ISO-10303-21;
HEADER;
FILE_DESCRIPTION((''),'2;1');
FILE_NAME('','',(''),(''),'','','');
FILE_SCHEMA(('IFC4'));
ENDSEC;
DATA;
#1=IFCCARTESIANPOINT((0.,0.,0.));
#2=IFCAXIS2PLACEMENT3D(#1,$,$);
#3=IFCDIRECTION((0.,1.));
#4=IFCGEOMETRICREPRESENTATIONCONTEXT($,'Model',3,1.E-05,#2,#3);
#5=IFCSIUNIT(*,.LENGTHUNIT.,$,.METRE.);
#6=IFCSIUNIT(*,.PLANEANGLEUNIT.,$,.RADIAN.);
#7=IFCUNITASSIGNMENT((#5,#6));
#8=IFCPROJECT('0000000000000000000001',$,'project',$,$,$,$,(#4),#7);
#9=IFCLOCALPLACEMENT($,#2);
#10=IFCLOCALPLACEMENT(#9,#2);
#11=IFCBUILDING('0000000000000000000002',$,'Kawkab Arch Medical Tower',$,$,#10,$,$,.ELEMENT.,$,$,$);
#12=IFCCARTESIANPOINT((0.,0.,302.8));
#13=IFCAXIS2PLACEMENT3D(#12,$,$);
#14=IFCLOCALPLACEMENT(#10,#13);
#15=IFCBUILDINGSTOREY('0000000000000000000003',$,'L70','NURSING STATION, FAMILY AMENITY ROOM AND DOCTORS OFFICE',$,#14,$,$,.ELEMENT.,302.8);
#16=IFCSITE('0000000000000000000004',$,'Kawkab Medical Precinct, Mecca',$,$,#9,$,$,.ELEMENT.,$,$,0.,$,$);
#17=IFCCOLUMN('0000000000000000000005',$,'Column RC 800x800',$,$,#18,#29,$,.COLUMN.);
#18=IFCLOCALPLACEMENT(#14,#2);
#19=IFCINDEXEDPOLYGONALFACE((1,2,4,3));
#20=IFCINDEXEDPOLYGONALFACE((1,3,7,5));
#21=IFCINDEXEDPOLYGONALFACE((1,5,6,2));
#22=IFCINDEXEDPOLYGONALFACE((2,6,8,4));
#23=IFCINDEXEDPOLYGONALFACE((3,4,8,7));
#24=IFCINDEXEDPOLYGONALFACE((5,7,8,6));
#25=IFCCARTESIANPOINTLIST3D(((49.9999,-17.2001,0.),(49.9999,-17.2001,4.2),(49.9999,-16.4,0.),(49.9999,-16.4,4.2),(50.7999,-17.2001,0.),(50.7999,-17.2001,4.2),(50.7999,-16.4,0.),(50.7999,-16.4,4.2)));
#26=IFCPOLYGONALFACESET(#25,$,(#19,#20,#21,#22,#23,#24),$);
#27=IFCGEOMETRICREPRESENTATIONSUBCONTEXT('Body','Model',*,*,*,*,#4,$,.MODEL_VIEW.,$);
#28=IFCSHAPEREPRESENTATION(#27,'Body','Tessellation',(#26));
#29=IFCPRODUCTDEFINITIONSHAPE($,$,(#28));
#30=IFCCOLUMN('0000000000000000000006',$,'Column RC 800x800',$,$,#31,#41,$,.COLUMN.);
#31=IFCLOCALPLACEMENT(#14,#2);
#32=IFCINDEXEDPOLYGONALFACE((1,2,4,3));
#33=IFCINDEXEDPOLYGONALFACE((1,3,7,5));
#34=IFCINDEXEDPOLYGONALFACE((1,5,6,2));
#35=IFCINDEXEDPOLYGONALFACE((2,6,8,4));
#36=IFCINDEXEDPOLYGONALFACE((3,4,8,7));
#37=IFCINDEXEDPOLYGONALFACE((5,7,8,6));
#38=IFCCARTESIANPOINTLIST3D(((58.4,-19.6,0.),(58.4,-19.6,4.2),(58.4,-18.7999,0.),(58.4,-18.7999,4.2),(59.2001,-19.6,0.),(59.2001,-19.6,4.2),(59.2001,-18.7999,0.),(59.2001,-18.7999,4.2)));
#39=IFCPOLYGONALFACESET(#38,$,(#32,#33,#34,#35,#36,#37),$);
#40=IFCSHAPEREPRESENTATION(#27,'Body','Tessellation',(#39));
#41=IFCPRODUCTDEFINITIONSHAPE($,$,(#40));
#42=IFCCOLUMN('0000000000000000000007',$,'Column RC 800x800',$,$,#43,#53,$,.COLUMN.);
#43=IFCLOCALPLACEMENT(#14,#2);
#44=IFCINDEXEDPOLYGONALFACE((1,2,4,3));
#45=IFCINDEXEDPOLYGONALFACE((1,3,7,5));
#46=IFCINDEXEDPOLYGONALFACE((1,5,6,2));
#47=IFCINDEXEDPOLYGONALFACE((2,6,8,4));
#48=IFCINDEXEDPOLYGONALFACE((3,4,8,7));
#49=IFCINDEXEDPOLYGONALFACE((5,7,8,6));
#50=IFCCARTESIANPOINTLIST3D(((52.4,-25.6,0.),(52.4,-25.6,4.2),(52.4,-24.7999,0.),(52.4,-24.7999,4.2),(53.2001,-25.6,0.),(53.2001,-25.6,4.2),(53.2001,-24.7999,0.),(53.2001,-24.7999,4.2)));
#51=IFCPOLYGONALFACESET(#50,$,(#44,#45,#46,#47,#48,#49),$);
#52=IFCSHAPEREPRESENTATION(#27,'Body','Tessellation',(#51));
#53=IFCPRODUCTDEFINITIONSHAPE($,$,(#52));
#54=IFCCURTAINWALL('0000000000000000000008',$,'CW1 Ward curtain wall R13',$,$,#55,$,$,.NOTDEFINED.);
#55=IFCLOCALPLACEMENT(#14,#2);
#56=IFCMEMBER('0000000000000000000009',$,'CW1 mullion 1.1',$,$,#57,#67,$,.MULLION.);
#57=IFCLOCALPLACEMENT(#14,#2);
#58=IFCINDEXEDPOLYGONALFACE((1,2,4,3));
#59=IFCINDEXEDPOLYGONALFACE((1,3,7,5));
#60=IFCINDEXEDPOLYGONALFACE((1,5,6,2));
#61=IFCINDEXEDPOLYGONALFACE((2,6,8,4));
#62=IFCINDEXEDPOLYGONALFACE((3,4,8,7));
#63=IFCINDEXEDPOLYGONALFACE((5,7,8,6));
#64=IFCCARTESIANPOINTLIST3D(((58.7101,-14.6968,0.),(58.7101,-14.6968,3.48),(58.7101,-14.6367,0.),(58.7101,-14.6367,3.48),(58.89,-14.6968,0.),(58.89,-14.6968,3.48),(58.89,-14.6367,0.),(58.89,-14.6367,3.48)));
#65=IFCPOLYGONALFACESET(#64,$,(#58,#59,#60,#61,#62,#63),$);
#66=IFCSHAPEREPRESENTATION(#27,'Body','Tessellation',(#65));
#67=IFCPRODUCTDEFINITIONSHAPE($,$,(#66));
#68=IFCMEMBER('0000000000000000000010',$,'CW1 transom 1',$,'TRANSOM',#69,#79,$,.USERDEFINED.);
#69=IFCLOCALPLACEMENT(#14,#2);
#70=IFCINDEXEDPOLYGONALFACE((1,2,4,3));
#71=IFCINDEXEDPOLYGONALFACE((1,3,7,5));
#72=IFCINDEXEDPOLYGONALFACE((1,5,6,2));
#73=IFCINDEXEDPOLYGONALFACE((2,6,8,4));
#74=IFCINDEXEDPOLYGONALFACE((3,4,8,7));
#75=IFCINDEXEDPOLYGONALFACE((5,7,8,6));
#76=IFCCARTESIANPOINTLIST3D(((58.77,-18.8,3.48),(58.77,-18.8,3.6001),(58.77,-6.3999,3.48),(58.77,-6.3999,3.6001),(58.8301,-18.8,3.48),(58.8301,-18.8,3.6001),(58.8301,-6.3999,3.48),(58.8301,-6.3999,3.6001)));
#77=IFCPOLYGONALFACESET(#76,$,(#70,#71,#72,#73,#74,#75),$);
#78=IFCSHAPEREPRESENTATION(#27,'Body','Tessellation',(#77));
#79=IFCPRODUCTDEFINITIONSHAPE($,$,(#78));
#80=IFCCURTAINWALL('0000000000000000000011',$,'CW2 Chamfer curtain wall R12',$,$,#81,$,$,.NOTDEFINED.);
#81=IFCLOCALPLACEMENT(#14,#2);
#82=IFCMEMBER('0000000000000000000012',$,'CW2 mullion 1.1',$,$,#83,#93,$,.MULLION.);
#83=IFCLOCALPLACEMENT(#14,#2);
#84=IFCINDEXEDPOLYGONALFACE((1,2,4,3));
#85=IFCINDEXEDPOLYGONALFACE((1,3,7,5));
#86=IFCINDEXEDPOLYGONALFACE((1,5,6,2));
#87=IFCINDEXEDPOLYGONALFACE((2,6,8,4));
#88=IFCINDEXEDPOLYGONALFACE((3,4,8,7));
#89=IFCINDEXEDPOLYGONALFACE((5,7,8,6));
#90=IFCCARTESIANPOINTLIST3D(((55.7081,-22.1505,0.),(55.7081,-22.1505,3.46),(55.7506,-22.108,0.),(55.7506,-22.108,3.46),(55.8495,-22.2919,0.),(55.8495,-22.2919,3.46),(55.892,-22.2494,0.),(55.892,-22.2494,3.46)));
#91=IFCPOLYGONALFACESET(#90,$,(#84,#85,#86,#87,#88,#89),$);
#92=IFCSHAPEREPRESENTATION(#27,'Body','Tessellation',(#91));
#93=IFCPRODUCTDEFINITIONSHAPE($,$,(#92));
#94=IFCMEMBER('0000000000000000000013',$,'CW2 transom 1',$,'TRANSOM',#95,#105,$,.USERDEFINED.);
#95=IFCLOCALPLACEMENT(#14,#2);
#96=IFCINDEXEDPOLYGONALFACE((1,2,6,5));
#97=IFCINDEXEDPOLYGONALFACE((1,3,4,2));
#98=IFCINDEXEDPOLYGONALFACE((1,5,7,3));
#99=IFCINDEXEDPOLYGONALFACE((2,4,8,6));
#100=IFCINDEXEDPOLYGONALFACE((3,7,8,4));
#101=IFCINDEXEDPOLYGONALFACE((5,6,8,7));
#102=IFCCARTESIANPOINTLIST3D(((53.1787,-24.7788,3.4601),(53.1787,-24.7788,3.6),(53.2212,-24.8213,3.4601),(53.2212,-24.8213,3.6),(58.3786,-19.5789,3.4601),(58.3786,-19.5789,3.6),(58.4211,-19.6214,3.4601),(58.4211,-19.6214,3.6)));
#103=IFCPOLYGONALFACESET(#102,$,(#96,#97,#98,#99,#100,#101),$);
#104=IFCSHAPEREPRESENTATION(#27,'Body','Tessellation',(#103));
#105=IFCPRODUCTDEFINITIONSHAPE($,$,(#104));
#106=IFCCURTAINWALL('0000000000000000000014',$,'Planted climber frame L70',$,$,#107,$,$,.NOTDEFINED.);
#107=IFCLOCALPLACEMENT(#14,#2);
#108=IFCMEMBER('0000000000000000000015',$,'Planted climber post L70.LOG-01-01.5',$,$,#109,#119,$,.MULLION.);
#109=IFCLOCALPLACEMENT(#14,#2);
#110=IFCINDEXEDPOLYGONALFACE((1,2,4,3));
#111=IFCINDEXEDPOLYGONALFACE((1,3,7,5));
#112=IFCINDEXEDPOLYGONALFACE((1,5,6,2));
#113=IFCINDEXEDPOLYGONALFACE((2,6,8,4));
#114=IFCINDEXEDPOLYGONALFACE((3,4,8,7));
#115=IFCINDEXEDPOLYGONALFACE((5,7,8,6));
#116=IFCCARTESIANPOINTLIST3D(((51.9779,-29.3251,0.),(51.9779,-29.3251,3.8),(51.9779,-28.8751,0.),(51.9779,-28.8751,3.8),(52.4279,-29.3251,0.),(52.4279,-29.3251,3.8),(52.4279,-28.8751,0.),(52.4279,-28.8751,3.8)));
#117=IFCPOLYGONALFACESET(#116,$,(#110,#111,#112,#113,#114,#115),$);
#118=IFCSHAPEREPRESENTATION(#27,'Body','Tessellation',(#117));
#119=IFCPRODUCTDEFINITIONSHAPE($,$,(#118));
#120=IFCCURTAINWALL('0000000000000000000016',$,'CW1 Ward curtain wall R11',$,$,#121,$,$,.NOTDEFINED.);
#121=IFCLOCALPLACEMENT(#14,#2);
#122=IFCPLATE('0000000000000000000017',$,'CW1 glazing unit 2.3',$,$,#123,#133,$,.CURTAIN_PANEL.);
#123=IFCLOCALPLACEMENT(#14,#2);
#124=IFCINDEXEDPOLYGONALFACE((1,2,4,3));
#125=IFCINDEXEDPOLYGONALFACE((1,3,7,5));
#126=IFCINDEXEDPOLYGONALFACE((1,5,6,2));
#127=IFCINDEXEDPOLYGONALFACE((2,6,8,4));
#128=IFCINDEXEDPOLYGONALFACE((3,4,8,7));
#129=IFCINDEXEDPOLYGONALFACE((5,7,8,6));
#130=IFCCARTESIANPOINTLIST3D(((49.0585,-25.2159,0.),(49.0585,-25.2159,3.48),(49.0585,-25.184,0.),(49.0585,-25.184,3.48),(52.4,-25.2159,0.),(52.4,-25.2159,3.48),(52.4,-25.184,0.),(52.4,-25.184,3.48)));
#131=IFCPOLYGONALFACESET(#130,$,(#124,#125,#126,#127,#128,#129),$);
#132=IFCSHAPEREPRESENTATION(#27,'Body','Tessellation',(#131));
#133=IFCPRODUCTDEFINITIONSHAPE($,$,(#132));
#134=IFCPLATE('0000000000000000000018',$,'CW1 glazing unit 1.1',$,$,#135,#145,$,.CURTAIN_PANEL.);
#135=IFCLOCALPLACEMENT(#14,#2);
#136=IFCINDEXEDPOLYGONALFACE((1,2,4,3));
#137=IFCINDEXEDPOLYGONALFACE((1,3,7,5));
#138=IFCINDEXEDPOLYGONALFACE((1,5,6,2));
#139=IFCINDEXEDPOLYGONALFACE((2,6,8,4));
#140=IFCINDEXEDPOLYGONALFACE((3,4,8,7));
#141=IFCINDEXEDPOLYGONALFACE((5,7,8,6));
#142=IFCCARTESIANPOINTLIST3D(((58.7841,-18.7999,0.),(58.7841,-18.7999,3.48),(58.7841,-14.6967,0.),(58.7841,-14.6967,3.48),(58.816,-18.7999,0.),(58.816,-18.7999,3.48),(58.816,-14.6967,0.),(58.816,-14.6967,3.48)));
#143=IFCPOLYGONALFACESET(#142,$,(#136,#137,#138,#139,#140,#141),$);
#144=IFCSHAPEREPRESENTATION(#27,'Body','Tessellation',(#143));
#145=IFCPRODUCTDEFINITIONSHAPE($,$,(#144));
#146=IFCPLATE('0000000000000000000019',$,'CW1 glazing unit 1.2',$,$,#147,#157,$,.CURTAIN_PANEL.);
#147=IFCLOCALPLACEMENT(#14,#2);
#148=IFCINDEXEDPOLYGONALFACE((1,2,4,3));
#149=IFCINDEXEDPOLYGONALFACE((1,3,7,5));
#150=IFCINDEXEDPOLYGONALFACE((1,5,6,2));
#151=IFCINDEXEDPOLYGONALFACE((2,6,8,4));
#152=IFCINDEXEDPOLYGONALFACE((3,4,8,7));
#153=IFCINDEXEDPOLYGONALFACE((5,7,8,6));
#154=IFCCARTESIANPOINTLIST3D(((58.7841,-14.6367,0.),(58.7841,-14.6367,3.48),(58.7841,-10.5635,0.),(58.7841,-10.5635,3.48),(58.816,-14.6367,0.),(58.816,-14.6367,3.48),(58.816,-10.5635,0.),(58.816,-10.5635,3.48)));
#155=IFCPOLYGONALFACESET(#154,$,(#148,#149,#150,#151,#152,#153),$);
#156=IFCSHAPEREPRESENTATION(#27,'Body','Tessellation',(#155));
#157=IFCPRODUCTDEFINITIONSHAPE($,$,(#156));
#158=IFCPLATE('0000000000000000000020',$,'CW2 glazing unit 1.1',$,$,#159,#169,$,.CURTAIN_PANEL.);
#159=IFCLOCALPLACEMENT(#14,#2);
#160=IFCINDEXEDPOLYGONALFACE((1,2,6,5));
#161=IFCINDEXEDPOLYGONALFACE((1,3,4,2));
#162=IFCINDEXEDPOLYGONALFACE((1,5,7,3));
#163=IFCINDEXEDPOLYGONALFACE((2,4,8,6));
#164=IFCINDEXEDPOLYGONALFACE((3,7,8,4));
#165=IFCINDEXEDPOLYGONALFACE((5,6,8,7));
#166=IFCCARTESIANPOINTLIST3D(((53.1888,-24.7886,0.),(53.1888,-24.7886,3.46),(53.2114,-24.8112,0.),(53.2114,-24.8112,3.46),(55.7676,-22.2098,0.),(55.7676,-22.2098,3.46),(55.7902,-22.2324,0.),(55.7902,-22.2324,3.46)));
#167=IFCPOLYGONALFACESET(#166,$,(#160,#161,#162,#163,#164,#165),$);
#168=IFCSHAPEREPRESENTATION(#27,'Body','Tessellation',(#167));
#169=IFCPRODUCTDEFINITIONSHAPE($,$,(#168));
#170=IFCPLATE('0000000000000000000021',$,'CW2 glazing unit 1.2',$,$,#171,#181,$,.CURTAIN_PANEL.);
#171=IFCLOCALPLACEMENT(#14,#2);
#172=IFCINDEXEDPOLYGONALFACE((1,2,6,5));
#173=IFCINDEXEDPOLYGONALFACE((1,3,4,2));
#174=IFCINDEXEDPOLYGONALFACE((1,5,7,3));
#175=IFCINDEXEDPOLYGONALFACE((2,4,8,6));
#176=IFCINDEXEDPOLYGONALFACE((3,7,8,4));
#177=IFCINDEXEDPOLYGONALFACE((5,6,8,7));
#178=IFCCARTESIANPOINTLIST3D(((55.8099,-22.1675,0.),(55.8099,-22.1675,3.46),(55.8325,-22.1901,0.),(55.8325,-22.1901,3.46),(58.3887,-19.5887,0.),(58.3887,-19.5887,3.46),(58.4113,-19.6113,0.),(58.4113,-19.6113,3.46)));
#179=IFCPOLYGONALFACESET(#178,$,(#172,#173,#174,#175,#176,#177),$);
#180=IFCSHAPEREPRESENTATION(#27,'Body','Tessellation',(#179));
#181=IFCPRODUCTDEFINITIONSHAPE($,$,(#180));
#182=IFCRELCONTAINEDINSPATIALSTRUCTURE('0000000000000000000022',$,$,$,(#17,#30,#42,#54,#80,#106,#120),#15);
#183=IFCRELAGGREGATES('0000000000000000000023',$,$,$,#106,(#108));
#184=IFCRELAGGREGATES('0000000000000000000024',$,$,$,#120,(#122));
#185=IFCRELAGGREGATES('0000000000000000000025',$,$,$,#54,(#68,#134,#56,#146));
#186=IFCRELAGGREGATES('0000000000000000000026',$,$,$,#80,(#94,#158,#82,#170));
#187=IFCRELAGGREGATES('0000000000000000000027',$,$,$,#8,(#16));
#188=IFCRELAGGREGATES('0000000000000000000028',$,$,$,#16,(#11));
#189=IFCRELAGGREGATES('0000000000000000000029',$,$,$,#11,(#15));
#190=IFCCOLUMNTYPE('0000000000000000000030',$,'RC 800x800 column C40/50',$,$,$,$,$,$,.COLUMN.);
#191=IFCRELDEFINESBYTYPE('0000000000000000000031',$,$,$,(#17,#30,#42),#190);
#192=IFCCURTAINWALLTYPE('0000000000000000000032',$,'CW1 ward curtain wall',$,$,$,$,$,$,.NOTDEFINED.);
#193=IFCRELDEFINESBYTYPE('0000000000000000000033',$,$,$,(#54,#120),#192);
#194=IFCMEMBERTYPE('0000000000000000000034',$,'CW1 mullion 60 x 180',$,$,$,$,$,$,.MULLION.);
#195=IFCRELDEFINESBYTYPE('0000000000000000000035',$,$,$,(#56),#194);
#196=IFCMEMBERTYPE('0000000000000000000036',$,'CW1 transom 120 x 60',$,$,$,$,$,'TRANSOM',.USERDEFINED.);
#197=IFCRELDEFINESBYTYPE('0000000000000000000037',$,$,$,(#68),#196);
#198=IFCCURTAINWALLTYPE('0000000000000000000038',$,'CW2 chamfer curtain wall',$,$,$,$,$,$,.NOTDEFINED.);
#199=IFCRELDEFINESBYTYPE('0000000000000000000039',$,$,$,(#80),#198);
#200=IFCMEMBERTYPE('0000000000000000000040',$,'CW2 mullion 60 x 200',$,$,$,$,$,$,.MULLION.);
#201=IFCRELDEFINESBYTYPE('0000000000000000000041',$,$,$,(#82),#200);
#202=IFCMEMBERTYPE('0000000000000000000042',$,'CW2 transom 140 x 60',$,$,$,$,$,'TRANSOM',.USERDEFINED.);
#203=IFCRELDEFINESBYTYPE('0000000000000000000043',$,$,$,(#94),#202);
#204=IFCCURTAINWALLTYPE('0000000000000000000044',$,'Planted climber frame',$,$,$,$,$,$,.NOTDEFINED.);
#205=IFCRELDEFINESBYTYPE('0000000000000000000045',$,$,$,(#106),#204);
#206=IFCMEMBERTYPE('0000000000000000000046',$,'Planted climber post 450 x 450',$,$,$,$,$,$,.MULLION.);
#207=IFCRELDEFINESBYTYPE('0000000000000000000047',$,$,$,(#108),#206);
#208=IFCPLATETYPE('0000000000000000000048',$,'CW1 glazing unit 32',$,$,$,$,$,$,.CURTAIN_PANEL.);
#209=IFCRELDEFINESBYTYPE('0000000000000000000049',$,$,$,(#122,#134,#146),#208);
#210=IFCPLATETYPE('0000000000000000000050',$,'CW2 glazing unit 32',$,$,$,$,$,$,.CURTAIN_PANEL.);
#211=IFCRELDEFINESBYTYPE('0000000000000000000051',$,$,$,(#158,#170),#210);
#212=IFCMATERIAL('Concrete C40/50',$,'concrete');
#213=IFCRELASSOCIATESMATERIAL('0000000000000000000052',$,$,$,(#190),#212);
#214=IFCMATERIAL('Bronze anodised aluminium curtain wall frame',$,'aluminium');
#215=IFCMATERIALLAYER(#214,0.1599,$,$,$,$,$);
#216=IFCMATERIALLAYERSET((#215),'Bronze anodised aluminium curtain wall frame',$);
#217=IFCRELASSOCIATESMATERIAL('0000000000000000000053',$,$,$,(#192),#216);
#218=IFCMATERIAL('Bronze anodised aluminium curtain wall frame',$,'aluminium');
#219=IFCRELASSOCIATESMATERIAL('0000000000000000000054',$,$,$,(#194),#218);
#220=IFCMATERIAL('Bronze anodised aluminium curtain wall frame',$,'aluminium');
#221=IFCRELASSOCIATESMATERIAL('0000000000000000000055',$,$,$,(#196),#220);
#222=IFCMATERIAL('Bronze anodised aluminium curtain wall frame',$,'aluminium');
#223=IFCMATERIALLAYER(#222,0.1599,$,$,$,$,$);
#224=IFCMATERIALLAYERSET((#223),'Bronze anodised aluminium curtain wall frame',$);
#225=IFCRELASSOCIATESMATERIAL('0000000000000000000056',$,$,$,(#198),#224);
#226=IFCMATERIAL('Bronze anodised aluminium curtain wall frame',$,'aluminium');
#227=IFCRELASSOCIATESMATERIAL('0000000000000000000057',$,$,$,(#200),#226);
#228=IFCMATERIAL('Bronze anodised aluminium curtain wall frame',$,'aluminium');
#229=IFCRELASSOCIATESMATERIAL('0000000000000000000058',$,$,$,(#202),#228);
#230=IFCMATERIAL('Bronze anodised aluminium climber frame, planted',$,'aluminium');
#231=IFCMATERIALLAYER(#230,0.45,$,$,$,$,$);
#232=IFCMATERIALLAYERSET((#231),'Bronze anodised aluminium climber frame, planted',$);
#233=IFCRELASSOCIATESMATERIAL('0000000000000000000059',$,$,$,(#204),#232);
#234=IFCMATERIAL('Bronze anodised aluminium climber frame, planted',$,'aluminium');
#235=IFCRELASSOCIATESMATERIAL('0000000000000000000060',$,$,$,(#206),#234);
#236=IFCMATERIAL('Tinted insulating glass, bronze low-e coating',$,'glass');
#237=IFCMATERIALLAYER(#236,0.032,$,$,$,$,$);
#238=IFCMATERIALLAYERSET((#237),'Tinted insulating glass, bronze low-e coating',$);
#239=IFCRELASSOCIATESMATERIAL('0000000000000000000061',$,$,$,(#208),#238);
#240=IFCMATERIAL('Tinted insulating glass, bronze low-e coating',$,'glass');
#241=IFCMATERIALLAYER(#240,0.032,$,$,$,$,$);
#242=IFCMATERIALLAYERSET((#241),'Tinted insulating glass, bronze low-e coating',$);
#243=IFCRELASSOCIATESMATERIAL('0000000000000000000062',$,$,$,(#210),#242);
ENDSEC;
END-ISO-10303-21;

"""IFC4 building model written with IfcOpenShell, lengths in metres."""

from ifc_helpers import new_model, si_unit, direction, frame, origin, origin_2d, place, context, subcontext, project, spatial, rectangle, extrude, material, layer, layer_set, material_profile, profile_set, type_object, element, aggregate, save


model = new_model("IFC4")

# Units and contexts
model_context = context("Model", 3, precision=1e-05, world=origin(), true_north=direction((0.0, 1.0)))
body_context = subcontext(model_context, "Body", "Model", "MODEL_VIEW")
ifc_project = project(units=[si_unit("LENGTHUNIT", "METRE"), si_unit("PLANEANGLEUNIT", "RADIAN")], contexts=[model_context])

# Site, building, storey
site_placement = place(None, origin())
site = spatial("IfcSite", under=ifc_project, at=site_placement, Name="Kawkab Medical Precinct, Mecca", CompositionType="ELEMENT", RefElevation=0.0)
building_placement = place(site_placement, origin())
building = spatial("IfcBuilding", under=site, at=building_placement, Name="Kawkab Arch Medical Tower", CompositionType="ELEMENT")
storey_placement = place(building_placement, frame((0.0, 0.0, 302.8)))
storey = spatial("IfcBuildingStorey", under=building, at=storey_placement, Name="L70", Description="NURSING STATION, FAMILY AMENITY ROOM AND DOCTORS OFFICE", CompositionType="ELEMENT", Elevation=302.8)

# Columns
ifc_material_1 = material(Name="Concrete C40/50", Category="concrete")
ifc_material_profile_1 = material_profile(ifc_material_1, rectangle(XDim=0.8, YDim=0.8, at=origin_2d()), Name="RC 800x800")
ifc_profile_set_1 = profile_set([ifc_material_profile_1], Name="Concrete C40/50")
column_type = type_object("IfcColumnType", Name="RC 800x800 column C40/50", PredefinedType="COLUMN", material=ifc_profile_set_1)
for number, where, z_axis, x_axis, name in (
    (1, (50.3999, -16.8, 0.0), (0.0, 0.0, 1.0), (1.0, 0.0, 0.0), "Column RC 800x800"),
    (2, (58.8, -19.2, 0.0), (0.0, 0.0, 1.0), (1.0, 0.0, 0.0), "Column RC 800x800"),
    (3, (52.8, -25.2, 0.0), (0.0, 0.0, 1.0), (1.0, 0.0, 0.0), "Column RC 800x800"),
):
    element("IfcColumn", number, at=place(storey_placement, frame(where, z_axis=z_axis, x_axis=x_axis)), inside=storey, type_object=column_type, Name=name, PredefinedType="COLUMN", context=body_context, shape_type="SweptSolid", body=[
        extrude(rectangle(XDim=0.8, YDim=0.8, at=origin_2d()), origin(), (0.0, 0.0, 1.0), 4.2),
    ])

# Curtain walls, members
ifc_material_2 = material(Name="Bronze anodised aluminium curtain wall frame", Category="aluminium")
ifc_layer_1 = layer(ifc_material_2, 0.1599)
ifc_layer_set_1 = layer_set([ifc_layer_1], Name="Bronze anodised aluminium curtain wall frame")
curtain_wall_type_1 = type_object("IfcCurtainWallType", Name="CW1 ward curtain wall", PredefinedType="NOTDEFINED", material=ifc_layer_set_1)
placement = place(storey_placement, origin())
curtain_wall_1 = element("IfcCurtainWall", 4, at=placement, inside=storey, type_object=curtain_wall_type_1, Name="CW1 Ward curtain wall R13", PredefinedType="NOTDEFINED")
ifc_material_3 = material(Name="Bronze anodised aluminium curtain wall frame", Category="aluminium")
ifc_material_profile_2 = material_profile(ifc_material_3, rectangle(XDim=0.1799, YDim=0.0601, at=origin_2d()), Name="AL 60x180")
ifc_profile_set_2 = profile_set([ifc_material_profile_2], Name="Bronze anodised aluminium curtain wall frame")
member_type_1 = type_object("IfcMemberType", Name="CW1 mullion 60 x 180", PredefinedType="MULLION", material=ifc_profile_set_2)
member_1_placement = place(storey_placement, frame((58.8, -14.6667, 0.0), z_axis=(0.0, 0.0, 1.0), x_axis=(-1.0, 0.0, 0.0)))
member_1 = element("IfcMember", 5, at=member_1_placement, type_object=member_type_1, Name="CW1 mullion 1.1", PredefinedType="MULLION", context=body_context, shape_type="SweptSolid", body=[
    extrude(rectangle(XDim=0.1799, YDim=0.0601, at=origin_2d()), origin(), (0.0, 0.0, 1.0), 3.48),
])
ifc_material_4 = material(Name="Bronze anodised aluminium curtain wall frame", Category="aluminium")
ifc_material_profile_3 = material_profile(ifc_material_4, rectangle(XDim=0.0601, YDim=0.1201, at=origin_2d()), Name="AL 60x120")
ifc_profile_set_3 = profile_set([ifc_material_profile_3], Name="Bronze anodised aluminium curtain wall frame")
member_type_2 = type_object("IfcMemberType", Name="CW1 transom 120 x 60", ElementType="TRANSOM", PredefinedType="USERDEFINED", material=ifc_profile_set_3)
member_2_placement = place(storey_placement, frame((58.8, -18.8, 3.54), z_axis=(0.0, 1.0, 0.0), x_axis=(-1.0, 0.0, 0.0)))
member_2 = element("IfcMember", 6, at=member_2_placement, type_object=member_type_2, Name="CW1 transom 1", ObjectType="TRANSOM", PredefinedType="USERDEFINED", context=body_context, shape_type="SweptSolid", body=[
    extrude(rectangle(XDim=0.0601, YDim=0.1201, at=origin_2d()), origin(), (0.0, 0.0, 1.0), 12.4001),
])
ifc_material_5 = material(Name="Bronze anodised aluminium curtain wall frame", Category="aluminium")
ifc_layer_2 = layer(ifc_material_5, 0.1599)
ifc_layer_set_2 = layer_set([ifc_layer_2], Name="Bronze anodised aluminium curtain wall frame")
curtain_wall_type_2 = type_object("IfcCurtainWallType", Name="CW2 chamfer curtain wall", PredefinedType="NOTDEFINED", material=ifc_layer_set_2)
curtain_wall_2 = element("IfcCurtainWall", 7, at=placement, inside=storey, type_object=curtain_wall_type_2, Name="CW2 Chamfer curtain wall R12", PredefinedType="NOTDEFINED")
ifc_material_6 = material(Name="Bronze anodised aluminium curtain wall frame", Category="aluminium")
ifc_material_profile_4 = material_profile(ifc_material_6, rectangle(XDim=0.2, YDim=0.0601, at=origin_2d()), Name="AL 60x200")
ifc_profile_set_4 = profile_set([ifc_material_profile_4], Name="Bronze anodised aluminium curtain wall frame")
member_type_3 = type_object("IfcMemberType", Name="CW2 mullion 60 x 200", PredefinedType="MULLION", material=ifc_profile_set_4)
member_3_placement = place(storey_placement, frame((55.8, -22.2, 0.0), z_axis=(0.0, 0.0, 1.0), x_axis=(-0.707107, 0.707107, 0.0)))
member_3 = element("IfcMember", 8, at=member_3_placement, type_object=member_type_3, Name="CW2 mullion 1.1", PredefinedType="MULLION", context=body_context, shape_type="SweptSolid", body=[
    extrude(rectangle(XDim=0.2, YDim=0.0601, at=origin_2d()), origin(), (0.0, 0.0, 1.0), 3.46),
])
ifc_material_7 = material(Name="Bronze anodised aluminium curtain wall frame", Category="aluminium")
ifc_material_profile_5 = material_profile(ifc_material_7, rectangle(XDim=0.0601, YDim=0.1399, at=origin_2d()), Name="AL 60x140")
ifc_profile_set_5 = profile_set([ifc_material_profile_5], Name="Bronze anodised aluminium curtain wall frame")
member_type_4 = type_object("IfcMemberType", Name="CW2 transom 140 x 60", ElementType="TRANSOM", PredefinedType="USERDEFINED", material=ifc_profile_set_5)
member_4_placement = place(storey_placement, frame((53.2, -24.8, 3.53), z_axis=(0.707107, 0.707107, 0.0), x_axis=(-0.707107, 0.707107, 0.0)))
member_4 = element("IfcMember", 9, at=member_4_placement, type_object=member_type_4, Name="CW2 transom 1", ObjectType="TRANSOM", PredefinedType="USERDEFINED", context=body_context, shape_type="SweptSolid", body=[
    extrude(rectangle(XDim=0.0601, YDim=0.1399, at=origin_2d()), origin(), (0.0, 0.0, 1.0), 7.3538),
])

# Curtain wall, member
ifc_material_8 = material(Name="Bronze anodised aluminium climber frame, planted", Category="aluminium")
ifc_layer_3 = layer(ifc_material_8, 0.45)
ifc_layer_set_3 = layer_set([ifc_layer_3], Name="Bronze anodised aluminium climber frame, planted")
curtain_wall_type_3 = type_object("IfcCurtainWallType", Name="Planted climber frame", PredefinedType="NOTDEFINED", material=ifc_layer_set_3)
curtain_wall_3 = element("IfcCurtainWall", 10, at=placement, inside=storey, type_object=curtain_wall_type_3, Name="Planted climber frame L70", PredefinedType="NOTDEFINED")
ifc_material_9 = material(Name="Bronze anodised aluminium climber frame, planted", Category="aluminium")
ifc_material_profile_6 = material_profile(ifc_material_9, rectangle(XDim=0.45, YDim=0.45, at=origin_2d()), Name="Post 450x450")
ifc_profile_set_6 = profile_set([ifc_material_profile_6], Name="Bronze anodised aluminium climber frame, planted")
member_type_5 = type_object("IfcMemberType", Name="Planted climber post 450 x 450", PredefinedType="MULLION", material=ifc_profile_set_6)
member_5_placement = place(storey_placement, frame((52.2029, -29.1001, 0.0), z_axis=(0.0, 0.0, 1.0), x_axis=(1.0, 0.0, 0.0)))
member_5 = element("IfcMember", 11, at=member_5_placement, type_object=member_type_5, Name="Planted climber post L70.LOG-01-01.5", PredefinedType="MULLION", context=body_context, shape_type="SweptSolid", body=[
    extrude(rectangle(XDim=0.45, YDim=0.45, at=origin_2d()), origin(), (0.0, 0.0, 1.0), 3.8),
])
aggregate(curtain_wall_3, [member_5])

# Curtain wall, plate
curtain_wall_4 = element("IfcCurtainWall", 12, at=placement, inside=storey, type_object=curtain_wall_type_1, Name="CW1 Ward curtain wall R11", PredefinedType="NOTDEFINED")
ifc_material_10 = material(Name="Tinted insulating glass, bronze low-e coating", Category="glass")
ifc_layer_4 = layer(ifc_material_10, 0.032)
ifc_layer_set_4 = layer_set([ifc_layer_4], Name="Tinted insulating glass, bronze low-e coating")
plate_type_1 = type_object("IfcPlateType", Name="CW1 glazing unit 32", PredefinedType="CURTAIN_PANEL", material=ifc_layer_set_4)
plate_1_placement = place(storey_placement, frame((50.7292, -25.2, 0.0), z_axis=(0.0, 0.0, 1.0), x_axis=(1.0, 0.0, 0.0)))
plate_1 = element("IfcPlate", 13, at=plate_1_placement, type_object=plate_type_1, Name="CW1 glazing unit 2.3", PredefinedType="CURTAIN_PANEL", context=body_context, shape_type="SweptSolid", body=[
    extrude(rectangle(XDim=3.3416, YDim=0.032, at=origin_2d()), origin(), (0.0, 0.0, 1.0), 3.48),
])
aggregate(curtain_wall_4, [plate_1])

# Plates
plate_2_placement = place(storey_placement, frame((58.8, -16.7483, 0.0), z_axis=(0.0, 0.0, 1.0), x_axis=(0.0, 1.0, 0.0)))
plate_2 = element("IfcPlate", 14, at=plate_2_placement, type_object=plate_type_1, Name="CW1 glazing unit 1.1", PredefinedType="CURTAIN_PANEL", context=body_context, shape_type="SweptSolid", body=[
    extrude(rectangle(XDim=4.1033, YDim=0.032, at=origin_2d()), origin(), (0.0, 0.0, 1.0), 3.48),
])
plate_3_placement = place(storey_placement, frame((58.8, -12.6001, 0.0), z_axis=(0.0, 0.0, 1.0), x_axis=(0.0, 1.0, 0.0)))
plate_3 = element("IfcPlate", 15, at=plate_3_placement, type_object=plate_type_1, Name="CW1 glazing unit 1.2", PredefinedType="CURTAIN_PANEL", context=body_context, shape_type="SweptSolid", body=[
    extrude(rectangle(XDim=4.0732, YDim=0.032, at=origin_2d()), origin(), (0.0, 0.0, 1.0), 3.48),
])
aggregate(curtain_wall_1, [member_2, plate_2, member_1, plate_3])
ifc_material_11 = material(Name="Tinted insulating glass, bronze low-e coating", Category="glass")
ifc_layer_5 = layer(ifc_material_11, 0.032)
ifc_layer_set_5 = layer_set([ifc_layer_5], Name="Tinted insulating glass, bronze low-e coating")
plate_type_2 = type_object("IfcPlateType", Name="CW2 glazing unit 32", PredefinedType="CURTAIN_PANEL", material=ifc_layer_set_5)
plate_4_placement = place(storey_placement, frame((54.4895, -23.5105, 0.0), z_axis=(0.0, 0.0, 1.0), x_axis=(0.707107, 0.707107, 0.0)))
plate_4 = element("IfcPlate", 16, at=plate_4_placement, type_object=plate_type_2, Name="CW2 glazing unit 1.1", PredefinedType="CURTAIN_PANEL", context=body_context, shape_type="SweptSolid", body=[
    extrude(rectangle(XDim=3.647, YDim=0.032, at=origin_2d()), origin(), (0.0, 0.0, 1.0), 3.46),
])
plate_5_placement = place(storey_placement, frame((57.1106, -20.8894, 0.0), z_axis=(0.0, 0.0, 1.0), x_axis=(0.707107, 0.707107, 0.0)))
plate_5 = element("IfcPlate", 17, at=plate_5_placement, type_object=plate_type_2, Name="CW2 glazing unit 1.2", PredefinedType="CURTAIN_PANEL", context=body_context, shape_type="SweptSolid", body=[
    extrude(rectangle(XDim=3.647, YDim=0.032, at=origin_2d()), origin(), (0.0, 0.0, 1.0), 3.46),
])
aggregate(curtain_wall_2, [member_4, plate_4, member_3, plate_5])

save(model, "model.ifc")
